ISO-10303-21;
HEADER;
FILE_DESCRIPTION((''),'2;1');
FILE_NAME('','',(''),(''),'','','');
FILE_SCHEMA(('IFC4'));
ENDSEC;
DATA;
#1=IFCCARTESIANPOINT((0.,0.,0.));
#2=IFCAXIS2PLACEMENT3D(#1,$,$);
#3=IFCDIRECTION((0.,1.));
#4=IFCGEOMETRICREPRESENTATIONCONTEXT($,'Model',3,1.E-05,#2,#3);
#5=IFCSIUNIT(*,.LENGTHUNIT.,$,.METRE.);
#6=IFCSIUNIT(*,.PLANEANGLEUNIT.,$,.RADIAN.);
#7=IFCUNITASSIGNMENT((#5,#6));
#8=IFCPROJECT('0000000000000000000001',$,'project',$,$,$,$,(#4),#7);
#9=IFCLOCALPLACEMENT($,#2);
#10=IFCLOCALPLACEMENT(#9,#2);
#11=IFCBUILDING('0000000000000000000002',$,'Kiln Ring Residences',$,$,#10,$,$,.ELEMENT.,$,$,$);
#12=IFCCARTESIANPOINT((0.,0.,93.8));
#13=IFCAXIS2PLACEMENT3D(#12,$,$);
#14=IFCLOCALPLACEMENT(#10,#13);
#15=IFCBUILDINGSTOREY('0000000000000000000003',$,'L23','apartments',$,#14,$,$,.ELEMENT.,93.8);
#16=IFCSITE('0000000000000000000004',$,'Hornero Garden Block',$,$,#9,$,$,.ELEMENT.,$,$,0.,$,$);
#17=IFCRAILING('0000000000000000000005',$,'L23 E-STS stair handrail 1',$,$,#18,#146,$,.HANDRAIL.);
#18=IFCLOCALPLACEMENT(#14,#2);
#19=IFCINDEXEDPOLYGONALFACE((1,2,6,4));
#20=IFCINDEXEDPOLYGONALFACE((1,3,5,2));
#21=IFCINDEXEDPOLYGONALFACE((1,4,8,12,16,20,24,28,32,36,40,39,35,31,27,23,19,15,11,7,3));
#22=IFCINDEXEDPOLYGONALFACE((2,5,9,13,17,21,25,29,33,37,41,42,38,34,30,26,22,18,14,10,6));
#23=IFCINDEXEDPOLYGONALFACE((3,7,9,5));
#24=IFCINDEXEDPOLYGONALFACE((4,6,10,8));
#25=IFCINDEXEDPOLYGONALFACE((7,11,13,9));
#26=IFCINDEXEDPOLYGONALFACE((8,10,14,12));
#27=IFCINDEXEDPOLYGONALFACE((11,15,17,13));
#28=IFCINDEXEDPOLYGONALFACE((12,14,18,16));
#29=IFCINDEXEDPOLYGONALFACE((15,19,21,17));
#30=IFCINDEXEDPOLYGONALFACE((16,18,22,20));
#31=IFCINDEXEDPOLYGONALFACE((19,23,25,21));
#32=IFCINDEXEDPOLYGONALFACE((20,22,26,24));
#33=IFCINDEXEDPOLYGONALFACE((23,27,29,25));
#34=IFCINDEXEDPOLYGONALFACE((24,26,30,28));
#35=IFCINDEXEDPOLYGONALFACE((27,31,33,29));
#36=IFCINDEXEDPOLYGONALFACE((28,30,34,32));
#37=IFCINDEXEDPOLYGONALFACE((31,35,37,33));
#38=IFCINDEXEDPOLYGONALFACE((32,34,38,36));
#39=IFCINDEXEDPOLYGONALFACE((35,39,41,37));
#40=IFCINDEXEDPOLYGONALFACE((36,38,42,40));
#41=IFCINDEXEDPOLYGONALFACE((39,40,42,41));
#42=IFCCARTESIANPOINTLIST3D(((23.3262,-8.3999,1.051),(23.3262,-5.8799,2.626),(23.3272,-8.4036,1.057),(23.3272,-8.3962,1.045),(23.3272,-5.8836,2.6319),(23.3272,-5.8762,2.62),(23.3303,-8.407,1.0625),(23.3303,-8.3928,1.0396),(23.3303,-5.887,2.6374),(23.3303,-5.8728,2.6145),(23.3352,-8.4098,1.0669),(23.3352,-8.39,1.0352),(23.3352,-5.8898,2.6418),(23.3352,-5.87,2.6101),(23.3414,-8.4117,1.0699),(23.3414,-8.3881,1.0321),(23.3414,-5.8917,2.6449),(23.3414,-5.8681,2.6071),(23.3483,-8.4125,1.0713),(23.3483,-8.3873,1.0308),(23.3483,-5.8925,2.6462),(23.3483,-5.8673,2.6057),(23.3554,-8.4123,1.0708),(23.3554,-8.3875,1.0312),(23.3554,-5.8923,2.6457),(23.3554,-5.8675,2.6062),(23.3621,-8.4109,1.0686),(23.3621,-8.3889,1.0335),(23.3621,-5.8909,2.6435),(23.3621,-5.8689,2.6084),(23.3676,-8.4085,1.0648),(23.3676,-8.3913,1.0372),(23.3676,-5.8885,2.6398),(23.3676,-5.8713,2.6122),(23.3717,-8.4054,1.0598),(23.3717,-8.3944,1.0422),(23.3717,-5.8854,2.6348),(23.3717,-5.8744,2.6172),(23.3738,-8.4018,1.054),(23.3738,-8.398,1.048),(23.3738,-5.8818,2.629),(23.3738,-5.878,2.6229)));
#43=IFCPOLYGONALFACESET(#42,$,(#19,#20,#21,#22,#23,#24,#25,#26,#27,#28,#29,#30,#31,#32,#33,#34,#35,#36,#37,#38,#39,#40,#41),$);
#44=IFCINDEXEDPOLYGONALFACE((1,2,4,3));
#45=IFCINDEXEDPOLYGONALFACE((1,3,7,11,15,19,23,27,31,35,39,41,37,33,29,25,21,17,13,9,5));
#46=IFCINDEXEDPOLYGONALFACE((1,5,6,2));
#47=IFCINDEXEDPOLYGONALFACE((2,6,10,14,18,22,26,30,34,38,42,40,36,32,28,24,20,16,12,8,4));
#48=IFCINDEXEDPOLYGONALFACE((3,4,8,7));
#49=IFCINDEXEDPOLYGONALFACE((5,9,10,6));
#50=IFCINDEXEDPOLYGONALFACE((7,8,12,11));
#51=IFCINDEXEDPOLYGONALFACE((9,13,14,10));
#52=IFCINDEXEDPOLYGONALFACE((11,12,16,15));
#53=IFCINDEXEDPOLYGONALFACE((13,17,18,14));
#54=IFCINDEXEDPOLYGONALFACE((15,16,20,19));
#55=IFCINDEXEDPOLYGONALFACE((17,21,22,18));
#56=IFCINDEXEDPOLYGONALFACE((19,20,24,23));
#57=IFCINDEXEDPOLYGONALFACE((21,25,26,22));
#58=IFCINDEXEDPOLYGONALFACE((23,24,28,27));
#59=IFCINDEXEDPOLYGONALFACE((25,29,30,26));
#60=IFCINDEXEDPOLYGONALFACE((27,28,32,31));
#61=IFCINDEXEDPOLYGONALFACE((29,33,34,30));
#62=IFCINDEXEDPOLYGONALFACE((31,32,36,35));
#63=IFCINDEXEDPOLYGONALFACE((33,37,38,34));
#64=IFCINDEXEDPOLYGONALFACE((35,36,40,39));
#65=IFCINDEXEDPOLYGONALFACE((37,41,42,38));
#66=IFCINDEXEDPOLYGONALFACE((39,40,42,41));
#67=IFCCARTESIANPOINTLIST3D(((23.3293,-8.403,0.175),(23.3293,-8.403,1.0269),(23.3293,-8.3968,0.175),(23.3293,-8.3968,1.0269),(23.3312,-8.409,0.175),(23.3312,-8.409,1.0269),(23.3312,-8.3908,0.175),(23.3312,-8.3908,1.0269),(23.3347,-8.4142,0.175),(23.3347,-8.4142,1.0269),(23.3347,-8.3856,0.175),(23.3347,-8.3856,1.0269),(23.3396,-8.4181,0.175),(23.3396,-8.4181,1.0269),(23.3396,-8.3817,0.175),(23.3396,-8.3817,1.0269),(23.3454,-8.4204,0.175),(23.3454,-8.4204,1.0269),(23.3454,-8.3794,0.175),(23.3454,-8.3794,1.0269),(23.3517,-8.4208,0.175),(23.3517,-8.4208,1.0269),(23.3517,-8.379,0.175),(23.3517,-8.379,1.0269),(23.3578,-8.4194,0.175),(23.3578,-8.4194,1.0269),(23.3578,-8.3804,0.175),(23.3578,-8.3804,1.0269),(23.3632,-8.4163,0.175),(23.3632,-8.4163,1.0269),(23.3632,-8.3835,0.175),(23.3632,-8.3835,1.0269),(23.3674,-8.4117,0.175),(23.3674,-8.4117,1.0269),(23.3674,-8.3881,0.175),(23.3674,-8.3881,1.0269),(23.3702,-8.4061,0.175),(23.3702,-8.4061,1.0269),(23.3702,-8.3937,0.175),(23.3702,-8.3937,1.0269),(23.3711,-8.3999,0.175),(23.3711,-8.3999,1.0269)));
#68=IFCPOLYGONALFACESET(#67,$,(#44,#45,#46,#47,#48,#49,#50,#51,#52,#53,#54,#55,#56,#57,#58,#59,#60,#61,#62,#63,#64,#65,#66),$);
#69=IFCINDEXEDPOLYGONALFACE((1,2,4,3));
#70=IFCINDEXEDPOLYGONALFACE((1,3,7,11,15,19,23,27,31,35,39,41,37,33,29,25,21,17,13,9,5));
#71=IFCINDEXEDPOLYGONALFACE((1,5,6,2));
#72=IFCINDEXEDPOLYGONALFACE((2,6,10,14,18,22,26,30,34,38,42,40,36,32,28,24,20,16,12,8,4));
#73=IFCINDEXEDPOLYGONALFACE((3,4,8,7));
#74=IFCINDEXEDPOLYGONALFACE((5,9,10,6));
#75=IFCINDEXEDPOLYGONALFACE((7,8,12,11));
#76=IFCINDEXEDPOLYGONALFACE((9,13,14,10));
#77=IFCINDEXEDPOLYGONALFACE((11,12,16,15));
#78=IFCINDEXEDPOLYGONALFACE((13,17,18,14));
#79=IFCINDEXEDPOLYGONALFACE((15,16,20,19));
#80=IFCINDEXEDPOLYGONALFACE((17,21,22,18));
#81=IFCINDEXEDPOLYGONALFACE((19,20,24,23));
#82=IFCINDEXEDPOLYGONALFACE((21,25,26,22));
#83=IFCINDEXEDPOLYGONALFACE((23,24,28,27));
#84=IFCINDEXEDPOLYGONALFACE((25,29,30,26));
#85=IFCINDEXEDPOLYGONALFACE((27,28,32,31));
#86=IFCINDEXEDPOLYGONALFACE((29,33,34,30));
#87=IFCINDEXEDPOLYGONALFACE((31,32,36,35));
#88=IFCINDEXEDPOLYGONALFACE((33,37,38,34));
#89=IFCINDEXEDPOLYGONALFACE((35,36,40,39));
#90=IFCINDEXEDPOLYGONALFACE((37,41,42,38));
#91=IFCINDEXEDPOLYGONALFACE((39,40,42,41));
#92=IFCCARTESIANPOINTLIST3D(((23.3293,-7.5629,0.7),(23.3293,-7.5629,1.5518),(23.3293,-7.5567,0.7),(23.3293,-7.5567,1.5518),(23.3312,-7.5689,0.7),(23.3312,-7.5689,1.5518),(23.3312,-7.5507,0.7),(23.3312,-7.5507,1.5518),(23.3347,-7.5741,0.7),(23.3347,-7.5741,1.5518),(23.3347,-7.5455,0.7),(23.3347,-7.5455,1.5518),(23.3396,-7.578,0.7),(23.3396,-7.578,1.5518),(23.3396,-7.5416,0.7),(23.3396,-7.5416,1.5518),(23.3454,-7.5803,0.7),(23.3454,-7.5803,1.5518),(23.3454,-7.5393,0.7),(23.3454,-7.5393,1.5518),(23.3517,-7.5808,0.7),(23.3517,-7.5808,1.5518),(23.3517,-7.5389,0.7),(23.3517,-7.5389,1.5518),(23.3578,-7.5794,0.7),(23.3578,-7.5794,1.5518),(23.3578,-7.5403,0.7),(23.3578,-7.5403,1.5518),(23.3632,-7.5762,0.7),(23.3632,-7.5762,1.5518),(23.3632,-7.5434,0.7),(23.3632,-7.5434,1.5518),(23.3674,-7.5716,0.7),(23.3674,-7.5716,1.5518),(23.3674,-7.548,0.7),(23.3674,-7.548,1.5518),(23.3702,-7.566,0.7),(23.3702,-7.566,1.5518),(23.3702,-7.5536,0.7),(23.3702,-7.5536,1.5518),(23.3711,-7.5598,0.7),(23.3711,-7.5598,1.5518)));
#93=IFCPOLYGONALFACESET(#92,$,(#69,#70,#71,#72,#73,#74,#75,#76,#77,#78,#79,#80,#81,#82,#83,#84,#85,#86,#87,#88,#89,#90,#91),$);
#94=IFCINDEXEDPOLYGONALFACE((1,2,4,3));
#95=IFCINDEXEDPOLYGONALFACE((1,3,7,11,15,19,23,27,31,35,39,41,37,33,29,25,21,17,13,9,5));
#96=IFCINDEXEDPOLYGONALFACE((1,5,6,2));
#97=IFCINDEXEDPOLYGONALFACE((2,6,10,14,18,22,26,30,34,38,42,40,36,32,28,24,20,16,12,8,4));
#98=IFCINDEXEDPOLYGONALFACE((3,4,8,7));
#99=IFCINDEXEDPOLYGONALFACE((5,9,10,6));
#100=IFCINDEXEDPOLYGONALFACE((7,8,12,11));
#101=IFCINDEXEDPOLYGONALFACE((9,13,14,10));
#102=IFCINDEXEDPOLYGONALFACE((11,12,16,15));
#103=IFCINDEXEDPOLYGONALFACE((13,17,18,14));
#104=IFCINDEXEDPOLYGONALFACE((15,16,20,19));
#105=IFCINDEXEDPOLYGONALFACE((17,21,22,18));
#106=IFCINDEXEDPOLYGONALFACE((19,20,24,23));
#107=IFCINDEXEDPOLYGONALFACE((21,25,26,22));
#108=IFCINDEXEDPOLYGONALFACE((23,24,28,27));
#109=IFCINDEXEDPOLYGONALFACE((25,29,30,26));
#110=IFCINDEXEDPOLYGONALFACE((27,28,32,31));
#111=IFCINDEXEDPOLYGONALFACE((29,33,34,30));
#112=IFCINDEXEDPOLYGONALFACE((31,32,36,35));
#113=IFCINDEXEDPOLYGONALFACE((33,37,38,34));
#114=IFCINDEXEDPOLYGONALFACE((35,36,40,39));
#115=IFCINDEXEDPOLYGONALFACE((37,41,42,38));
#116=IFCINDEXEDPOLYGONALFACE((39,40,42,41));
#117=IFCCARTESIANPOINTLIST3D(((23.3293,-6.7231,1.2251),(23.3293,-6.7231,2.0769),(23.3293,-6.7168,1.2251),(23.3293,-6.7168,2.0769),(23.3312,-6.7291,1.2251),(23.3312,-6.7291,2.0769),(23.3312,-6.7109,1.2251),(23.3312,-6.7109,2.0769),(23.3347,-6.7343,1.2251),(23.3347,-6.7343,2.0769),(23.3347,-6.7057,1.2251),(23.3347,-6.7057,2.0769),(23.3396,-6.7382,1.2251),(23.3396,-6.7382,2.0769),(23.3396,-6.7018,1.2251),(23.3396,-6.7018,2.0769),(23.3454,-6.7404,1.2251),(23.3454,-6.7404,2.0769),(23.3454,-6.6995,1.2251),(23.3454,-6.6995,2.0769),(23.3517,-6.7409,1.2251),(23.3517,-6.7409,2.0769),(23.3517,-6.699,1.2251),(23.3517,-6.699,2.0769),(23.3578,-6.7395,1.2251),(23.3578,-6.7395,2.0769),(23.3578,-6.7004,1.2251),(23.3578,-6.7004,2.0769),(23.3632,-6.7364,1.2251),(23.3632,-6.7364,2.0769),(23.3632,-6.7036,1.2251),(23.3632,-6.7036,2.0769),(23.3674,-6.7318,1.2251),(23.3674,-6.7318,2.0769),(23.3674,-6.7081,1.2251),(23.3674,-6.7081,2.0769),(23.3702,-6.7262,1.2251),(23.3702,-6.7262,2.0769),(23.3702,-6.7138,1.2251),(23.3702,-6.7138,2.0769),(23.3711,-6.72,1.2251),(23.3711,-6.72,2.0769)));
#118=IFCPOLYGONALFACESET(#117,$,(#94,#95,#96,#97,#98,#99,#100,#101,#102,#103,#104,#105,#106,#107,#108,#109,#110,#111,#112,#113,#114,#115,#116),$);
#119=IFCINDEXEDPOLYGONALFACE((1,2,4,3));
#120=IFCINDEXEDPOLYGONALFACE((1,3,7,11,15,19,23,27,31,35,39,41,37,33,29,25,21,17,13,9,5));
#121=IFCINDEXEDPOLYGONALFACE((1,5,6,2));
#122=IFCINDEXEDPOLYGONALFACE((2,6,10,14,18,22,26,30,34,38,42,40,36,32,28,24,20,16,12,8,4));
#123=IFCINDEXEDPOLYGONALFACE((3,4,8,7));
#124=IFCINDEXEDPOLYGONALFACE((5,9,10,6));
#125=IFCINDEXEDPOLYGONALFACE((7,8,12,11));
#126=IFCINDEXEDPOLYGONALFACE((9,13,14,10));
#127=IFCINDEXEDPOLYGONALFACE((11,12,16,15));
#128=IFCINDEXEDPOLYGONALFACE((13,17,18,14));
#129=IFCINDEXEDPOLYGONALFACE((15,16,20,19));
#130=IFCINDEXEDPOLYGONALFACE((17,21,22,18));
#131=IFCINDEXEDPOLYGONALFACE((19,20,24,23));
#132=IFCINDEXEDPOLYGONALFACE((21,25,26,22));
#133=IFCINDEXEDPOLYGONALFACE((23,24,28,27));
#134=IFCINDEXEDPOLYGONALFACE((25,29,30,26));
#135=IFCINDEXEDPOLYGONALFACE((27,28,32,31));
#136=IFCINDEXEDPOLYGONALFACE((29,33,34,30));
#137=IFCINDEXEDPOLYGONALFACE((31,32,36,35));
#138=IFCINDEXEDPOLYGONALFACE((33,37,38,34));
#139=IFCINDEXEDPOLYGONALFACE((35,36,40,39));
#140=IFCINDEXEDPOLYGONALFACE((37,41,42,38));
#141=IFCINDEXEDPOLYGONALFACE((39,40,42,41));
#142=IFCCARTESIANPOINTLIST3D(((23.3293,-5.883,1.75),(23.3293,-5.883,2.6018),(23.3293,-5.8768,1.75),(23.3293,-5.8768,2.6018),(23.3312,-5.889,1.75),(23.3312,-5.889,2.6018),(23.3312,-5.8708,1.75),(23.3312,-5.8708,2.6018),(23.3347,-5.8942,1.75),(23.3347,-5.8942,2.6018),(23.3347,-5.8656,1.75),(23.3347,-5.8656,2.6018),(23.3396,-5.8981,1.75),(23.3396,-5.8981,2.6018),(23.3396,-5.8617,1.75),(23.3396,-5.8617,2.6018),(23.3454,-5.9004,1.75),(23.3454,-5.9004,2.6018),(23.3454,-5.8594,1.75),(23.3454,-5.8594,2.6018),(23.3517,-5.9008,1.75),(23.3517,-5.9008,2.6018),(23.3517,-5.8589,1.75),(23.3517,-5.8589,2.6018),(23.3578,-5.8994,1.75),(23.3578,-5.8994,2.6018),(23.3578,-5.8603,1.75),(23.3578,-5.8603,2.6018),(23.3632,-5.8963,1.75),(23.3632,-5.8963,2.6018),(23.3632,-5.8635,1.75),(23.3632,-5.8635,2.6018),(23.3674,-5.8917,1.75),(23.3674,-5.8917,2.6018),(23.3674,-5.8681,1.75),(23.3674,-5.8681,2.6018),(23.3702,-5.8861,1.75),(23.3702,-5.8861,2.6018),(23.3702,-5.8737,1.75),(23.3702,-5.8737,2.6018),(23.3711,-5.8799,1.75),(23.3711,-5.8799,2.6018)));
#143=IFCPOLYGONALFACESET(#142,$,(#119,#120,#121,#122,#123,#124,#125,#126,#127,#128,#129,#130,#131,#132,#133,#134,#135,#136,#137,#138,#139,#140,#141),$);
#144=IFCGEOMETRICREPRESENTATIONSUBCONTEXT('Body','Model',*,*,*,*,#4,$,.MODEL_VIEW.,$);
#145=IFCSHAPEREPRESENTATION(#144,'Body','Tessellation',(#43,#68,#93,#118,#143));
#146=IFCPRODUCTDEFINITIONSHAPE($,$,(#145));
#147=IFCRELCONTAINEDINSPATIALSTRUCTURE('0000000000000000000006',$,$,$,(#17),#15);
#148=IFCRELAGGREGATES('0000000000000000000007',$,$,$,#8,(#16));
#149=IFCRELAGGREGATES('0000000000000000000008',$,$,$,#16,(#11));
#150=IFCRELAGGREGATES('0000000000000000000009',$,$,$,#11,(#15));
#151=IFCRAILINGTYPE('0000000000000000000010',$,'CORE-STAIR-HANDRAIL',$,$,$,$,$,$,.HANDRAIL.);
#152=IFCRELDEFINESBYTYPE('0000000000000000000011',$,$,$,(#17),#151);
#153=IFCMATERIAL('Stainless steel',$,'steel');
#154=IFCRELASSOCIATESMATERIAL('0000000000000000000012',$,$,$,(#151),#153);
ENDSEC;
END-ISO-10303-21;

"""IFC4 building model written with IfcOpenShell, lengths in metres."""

from ifc_helpers import new_model, si_unit, direction, frame, origin, origin_2d, place, context, subcontext, project, spatial, circle, extrude, material, type_object, element, save


model = new_model("IFC4")

# Units and contexts
model_context = context("Model", 3, precision=1e-05, world=origin(), true_north=direction((0.0, 1.0)))
body_context = subcontext(model_context, "Body", "Model", "MODEL_VIEW")
ifc_project = project(units=[si_unit("LENGTHUNIT", "METRE"), si_unit("PLANEANGLEUNIT", "RADIAN")], contexts=[model_context])

# Site, building, storey
site_placement = place(None, origin())
site = spatial("IfcSite", under=ifc_project, at=site_placement, Name="Hornero Garden Block", CompositionType="ELEMENT", RefElevation=0.0)
building_placement = place(site_placement, origin())
building = spatial("IfcBuilding", under=site, at=building_placement, Name="Kiln Ring Residences", CompositionType="ELEMENT")
storey_placement = place(building_placement, frame((0.0, 0.0, 93.8)))
storey = spatial("IfcBuildingStorey", under=building, at=storey_placement, Name="L23", Description="apartments", CompositionType="ELEMENT", Elevation=93.8)

# Railing
ifc_material_1 = material(Name="Stainless steel", Category="steel")
railing_type_1 = type_object("IfcRailingType", Name="CORE-STAIR-HANDRAIL", PredefinedType="HANDRAIL", material=ifc_material_1)
railing_1_placement = place(storey_placement, frame((23.3501, -8.3999, 0.175)))
element("IfcRailing", 1, at=railing_1_placement, inside=storey, type_object=railing_type_1, Name="L23 E-STS stair handrail 1", PredefinedType="HANDRAIL", context=body_context, shape_type="SweptSolid", body=[
    extrude(circle(Radius=0.0239, at=origin_2d()), frame((0.0, 0.0, 0.876), z_axis=(0.0, 0.848008, 0.529984), x_axis=(-1.0, 0.0, 0.0)), (0.0, 0.0, 1.0), 2.9717),
    extrude(circle(Radius=0.021, at=origin_2d()), origin(), (0.0, 0.0, 1.0), 0.8518),
    extrude(circle(Radius=0.021, at=origin_2d()), frame((0.0, 0.8401, 0.5249)), (0.0, 0.0, 1.0), 0.8518),
    extrude(circle(Radius=0.021, at=origin_2d()), frame((0.0, 1.6799, 1.05)), (0.0, 0.0, 1.0), 0.8518),
    extrude(circle(Radius=0.021, at=origin_2d()), frame((0.0, 2.52, 1.575)), (0.0, 0.0, 1.0), 0.8518),
])

save(model, "model.ifc")
